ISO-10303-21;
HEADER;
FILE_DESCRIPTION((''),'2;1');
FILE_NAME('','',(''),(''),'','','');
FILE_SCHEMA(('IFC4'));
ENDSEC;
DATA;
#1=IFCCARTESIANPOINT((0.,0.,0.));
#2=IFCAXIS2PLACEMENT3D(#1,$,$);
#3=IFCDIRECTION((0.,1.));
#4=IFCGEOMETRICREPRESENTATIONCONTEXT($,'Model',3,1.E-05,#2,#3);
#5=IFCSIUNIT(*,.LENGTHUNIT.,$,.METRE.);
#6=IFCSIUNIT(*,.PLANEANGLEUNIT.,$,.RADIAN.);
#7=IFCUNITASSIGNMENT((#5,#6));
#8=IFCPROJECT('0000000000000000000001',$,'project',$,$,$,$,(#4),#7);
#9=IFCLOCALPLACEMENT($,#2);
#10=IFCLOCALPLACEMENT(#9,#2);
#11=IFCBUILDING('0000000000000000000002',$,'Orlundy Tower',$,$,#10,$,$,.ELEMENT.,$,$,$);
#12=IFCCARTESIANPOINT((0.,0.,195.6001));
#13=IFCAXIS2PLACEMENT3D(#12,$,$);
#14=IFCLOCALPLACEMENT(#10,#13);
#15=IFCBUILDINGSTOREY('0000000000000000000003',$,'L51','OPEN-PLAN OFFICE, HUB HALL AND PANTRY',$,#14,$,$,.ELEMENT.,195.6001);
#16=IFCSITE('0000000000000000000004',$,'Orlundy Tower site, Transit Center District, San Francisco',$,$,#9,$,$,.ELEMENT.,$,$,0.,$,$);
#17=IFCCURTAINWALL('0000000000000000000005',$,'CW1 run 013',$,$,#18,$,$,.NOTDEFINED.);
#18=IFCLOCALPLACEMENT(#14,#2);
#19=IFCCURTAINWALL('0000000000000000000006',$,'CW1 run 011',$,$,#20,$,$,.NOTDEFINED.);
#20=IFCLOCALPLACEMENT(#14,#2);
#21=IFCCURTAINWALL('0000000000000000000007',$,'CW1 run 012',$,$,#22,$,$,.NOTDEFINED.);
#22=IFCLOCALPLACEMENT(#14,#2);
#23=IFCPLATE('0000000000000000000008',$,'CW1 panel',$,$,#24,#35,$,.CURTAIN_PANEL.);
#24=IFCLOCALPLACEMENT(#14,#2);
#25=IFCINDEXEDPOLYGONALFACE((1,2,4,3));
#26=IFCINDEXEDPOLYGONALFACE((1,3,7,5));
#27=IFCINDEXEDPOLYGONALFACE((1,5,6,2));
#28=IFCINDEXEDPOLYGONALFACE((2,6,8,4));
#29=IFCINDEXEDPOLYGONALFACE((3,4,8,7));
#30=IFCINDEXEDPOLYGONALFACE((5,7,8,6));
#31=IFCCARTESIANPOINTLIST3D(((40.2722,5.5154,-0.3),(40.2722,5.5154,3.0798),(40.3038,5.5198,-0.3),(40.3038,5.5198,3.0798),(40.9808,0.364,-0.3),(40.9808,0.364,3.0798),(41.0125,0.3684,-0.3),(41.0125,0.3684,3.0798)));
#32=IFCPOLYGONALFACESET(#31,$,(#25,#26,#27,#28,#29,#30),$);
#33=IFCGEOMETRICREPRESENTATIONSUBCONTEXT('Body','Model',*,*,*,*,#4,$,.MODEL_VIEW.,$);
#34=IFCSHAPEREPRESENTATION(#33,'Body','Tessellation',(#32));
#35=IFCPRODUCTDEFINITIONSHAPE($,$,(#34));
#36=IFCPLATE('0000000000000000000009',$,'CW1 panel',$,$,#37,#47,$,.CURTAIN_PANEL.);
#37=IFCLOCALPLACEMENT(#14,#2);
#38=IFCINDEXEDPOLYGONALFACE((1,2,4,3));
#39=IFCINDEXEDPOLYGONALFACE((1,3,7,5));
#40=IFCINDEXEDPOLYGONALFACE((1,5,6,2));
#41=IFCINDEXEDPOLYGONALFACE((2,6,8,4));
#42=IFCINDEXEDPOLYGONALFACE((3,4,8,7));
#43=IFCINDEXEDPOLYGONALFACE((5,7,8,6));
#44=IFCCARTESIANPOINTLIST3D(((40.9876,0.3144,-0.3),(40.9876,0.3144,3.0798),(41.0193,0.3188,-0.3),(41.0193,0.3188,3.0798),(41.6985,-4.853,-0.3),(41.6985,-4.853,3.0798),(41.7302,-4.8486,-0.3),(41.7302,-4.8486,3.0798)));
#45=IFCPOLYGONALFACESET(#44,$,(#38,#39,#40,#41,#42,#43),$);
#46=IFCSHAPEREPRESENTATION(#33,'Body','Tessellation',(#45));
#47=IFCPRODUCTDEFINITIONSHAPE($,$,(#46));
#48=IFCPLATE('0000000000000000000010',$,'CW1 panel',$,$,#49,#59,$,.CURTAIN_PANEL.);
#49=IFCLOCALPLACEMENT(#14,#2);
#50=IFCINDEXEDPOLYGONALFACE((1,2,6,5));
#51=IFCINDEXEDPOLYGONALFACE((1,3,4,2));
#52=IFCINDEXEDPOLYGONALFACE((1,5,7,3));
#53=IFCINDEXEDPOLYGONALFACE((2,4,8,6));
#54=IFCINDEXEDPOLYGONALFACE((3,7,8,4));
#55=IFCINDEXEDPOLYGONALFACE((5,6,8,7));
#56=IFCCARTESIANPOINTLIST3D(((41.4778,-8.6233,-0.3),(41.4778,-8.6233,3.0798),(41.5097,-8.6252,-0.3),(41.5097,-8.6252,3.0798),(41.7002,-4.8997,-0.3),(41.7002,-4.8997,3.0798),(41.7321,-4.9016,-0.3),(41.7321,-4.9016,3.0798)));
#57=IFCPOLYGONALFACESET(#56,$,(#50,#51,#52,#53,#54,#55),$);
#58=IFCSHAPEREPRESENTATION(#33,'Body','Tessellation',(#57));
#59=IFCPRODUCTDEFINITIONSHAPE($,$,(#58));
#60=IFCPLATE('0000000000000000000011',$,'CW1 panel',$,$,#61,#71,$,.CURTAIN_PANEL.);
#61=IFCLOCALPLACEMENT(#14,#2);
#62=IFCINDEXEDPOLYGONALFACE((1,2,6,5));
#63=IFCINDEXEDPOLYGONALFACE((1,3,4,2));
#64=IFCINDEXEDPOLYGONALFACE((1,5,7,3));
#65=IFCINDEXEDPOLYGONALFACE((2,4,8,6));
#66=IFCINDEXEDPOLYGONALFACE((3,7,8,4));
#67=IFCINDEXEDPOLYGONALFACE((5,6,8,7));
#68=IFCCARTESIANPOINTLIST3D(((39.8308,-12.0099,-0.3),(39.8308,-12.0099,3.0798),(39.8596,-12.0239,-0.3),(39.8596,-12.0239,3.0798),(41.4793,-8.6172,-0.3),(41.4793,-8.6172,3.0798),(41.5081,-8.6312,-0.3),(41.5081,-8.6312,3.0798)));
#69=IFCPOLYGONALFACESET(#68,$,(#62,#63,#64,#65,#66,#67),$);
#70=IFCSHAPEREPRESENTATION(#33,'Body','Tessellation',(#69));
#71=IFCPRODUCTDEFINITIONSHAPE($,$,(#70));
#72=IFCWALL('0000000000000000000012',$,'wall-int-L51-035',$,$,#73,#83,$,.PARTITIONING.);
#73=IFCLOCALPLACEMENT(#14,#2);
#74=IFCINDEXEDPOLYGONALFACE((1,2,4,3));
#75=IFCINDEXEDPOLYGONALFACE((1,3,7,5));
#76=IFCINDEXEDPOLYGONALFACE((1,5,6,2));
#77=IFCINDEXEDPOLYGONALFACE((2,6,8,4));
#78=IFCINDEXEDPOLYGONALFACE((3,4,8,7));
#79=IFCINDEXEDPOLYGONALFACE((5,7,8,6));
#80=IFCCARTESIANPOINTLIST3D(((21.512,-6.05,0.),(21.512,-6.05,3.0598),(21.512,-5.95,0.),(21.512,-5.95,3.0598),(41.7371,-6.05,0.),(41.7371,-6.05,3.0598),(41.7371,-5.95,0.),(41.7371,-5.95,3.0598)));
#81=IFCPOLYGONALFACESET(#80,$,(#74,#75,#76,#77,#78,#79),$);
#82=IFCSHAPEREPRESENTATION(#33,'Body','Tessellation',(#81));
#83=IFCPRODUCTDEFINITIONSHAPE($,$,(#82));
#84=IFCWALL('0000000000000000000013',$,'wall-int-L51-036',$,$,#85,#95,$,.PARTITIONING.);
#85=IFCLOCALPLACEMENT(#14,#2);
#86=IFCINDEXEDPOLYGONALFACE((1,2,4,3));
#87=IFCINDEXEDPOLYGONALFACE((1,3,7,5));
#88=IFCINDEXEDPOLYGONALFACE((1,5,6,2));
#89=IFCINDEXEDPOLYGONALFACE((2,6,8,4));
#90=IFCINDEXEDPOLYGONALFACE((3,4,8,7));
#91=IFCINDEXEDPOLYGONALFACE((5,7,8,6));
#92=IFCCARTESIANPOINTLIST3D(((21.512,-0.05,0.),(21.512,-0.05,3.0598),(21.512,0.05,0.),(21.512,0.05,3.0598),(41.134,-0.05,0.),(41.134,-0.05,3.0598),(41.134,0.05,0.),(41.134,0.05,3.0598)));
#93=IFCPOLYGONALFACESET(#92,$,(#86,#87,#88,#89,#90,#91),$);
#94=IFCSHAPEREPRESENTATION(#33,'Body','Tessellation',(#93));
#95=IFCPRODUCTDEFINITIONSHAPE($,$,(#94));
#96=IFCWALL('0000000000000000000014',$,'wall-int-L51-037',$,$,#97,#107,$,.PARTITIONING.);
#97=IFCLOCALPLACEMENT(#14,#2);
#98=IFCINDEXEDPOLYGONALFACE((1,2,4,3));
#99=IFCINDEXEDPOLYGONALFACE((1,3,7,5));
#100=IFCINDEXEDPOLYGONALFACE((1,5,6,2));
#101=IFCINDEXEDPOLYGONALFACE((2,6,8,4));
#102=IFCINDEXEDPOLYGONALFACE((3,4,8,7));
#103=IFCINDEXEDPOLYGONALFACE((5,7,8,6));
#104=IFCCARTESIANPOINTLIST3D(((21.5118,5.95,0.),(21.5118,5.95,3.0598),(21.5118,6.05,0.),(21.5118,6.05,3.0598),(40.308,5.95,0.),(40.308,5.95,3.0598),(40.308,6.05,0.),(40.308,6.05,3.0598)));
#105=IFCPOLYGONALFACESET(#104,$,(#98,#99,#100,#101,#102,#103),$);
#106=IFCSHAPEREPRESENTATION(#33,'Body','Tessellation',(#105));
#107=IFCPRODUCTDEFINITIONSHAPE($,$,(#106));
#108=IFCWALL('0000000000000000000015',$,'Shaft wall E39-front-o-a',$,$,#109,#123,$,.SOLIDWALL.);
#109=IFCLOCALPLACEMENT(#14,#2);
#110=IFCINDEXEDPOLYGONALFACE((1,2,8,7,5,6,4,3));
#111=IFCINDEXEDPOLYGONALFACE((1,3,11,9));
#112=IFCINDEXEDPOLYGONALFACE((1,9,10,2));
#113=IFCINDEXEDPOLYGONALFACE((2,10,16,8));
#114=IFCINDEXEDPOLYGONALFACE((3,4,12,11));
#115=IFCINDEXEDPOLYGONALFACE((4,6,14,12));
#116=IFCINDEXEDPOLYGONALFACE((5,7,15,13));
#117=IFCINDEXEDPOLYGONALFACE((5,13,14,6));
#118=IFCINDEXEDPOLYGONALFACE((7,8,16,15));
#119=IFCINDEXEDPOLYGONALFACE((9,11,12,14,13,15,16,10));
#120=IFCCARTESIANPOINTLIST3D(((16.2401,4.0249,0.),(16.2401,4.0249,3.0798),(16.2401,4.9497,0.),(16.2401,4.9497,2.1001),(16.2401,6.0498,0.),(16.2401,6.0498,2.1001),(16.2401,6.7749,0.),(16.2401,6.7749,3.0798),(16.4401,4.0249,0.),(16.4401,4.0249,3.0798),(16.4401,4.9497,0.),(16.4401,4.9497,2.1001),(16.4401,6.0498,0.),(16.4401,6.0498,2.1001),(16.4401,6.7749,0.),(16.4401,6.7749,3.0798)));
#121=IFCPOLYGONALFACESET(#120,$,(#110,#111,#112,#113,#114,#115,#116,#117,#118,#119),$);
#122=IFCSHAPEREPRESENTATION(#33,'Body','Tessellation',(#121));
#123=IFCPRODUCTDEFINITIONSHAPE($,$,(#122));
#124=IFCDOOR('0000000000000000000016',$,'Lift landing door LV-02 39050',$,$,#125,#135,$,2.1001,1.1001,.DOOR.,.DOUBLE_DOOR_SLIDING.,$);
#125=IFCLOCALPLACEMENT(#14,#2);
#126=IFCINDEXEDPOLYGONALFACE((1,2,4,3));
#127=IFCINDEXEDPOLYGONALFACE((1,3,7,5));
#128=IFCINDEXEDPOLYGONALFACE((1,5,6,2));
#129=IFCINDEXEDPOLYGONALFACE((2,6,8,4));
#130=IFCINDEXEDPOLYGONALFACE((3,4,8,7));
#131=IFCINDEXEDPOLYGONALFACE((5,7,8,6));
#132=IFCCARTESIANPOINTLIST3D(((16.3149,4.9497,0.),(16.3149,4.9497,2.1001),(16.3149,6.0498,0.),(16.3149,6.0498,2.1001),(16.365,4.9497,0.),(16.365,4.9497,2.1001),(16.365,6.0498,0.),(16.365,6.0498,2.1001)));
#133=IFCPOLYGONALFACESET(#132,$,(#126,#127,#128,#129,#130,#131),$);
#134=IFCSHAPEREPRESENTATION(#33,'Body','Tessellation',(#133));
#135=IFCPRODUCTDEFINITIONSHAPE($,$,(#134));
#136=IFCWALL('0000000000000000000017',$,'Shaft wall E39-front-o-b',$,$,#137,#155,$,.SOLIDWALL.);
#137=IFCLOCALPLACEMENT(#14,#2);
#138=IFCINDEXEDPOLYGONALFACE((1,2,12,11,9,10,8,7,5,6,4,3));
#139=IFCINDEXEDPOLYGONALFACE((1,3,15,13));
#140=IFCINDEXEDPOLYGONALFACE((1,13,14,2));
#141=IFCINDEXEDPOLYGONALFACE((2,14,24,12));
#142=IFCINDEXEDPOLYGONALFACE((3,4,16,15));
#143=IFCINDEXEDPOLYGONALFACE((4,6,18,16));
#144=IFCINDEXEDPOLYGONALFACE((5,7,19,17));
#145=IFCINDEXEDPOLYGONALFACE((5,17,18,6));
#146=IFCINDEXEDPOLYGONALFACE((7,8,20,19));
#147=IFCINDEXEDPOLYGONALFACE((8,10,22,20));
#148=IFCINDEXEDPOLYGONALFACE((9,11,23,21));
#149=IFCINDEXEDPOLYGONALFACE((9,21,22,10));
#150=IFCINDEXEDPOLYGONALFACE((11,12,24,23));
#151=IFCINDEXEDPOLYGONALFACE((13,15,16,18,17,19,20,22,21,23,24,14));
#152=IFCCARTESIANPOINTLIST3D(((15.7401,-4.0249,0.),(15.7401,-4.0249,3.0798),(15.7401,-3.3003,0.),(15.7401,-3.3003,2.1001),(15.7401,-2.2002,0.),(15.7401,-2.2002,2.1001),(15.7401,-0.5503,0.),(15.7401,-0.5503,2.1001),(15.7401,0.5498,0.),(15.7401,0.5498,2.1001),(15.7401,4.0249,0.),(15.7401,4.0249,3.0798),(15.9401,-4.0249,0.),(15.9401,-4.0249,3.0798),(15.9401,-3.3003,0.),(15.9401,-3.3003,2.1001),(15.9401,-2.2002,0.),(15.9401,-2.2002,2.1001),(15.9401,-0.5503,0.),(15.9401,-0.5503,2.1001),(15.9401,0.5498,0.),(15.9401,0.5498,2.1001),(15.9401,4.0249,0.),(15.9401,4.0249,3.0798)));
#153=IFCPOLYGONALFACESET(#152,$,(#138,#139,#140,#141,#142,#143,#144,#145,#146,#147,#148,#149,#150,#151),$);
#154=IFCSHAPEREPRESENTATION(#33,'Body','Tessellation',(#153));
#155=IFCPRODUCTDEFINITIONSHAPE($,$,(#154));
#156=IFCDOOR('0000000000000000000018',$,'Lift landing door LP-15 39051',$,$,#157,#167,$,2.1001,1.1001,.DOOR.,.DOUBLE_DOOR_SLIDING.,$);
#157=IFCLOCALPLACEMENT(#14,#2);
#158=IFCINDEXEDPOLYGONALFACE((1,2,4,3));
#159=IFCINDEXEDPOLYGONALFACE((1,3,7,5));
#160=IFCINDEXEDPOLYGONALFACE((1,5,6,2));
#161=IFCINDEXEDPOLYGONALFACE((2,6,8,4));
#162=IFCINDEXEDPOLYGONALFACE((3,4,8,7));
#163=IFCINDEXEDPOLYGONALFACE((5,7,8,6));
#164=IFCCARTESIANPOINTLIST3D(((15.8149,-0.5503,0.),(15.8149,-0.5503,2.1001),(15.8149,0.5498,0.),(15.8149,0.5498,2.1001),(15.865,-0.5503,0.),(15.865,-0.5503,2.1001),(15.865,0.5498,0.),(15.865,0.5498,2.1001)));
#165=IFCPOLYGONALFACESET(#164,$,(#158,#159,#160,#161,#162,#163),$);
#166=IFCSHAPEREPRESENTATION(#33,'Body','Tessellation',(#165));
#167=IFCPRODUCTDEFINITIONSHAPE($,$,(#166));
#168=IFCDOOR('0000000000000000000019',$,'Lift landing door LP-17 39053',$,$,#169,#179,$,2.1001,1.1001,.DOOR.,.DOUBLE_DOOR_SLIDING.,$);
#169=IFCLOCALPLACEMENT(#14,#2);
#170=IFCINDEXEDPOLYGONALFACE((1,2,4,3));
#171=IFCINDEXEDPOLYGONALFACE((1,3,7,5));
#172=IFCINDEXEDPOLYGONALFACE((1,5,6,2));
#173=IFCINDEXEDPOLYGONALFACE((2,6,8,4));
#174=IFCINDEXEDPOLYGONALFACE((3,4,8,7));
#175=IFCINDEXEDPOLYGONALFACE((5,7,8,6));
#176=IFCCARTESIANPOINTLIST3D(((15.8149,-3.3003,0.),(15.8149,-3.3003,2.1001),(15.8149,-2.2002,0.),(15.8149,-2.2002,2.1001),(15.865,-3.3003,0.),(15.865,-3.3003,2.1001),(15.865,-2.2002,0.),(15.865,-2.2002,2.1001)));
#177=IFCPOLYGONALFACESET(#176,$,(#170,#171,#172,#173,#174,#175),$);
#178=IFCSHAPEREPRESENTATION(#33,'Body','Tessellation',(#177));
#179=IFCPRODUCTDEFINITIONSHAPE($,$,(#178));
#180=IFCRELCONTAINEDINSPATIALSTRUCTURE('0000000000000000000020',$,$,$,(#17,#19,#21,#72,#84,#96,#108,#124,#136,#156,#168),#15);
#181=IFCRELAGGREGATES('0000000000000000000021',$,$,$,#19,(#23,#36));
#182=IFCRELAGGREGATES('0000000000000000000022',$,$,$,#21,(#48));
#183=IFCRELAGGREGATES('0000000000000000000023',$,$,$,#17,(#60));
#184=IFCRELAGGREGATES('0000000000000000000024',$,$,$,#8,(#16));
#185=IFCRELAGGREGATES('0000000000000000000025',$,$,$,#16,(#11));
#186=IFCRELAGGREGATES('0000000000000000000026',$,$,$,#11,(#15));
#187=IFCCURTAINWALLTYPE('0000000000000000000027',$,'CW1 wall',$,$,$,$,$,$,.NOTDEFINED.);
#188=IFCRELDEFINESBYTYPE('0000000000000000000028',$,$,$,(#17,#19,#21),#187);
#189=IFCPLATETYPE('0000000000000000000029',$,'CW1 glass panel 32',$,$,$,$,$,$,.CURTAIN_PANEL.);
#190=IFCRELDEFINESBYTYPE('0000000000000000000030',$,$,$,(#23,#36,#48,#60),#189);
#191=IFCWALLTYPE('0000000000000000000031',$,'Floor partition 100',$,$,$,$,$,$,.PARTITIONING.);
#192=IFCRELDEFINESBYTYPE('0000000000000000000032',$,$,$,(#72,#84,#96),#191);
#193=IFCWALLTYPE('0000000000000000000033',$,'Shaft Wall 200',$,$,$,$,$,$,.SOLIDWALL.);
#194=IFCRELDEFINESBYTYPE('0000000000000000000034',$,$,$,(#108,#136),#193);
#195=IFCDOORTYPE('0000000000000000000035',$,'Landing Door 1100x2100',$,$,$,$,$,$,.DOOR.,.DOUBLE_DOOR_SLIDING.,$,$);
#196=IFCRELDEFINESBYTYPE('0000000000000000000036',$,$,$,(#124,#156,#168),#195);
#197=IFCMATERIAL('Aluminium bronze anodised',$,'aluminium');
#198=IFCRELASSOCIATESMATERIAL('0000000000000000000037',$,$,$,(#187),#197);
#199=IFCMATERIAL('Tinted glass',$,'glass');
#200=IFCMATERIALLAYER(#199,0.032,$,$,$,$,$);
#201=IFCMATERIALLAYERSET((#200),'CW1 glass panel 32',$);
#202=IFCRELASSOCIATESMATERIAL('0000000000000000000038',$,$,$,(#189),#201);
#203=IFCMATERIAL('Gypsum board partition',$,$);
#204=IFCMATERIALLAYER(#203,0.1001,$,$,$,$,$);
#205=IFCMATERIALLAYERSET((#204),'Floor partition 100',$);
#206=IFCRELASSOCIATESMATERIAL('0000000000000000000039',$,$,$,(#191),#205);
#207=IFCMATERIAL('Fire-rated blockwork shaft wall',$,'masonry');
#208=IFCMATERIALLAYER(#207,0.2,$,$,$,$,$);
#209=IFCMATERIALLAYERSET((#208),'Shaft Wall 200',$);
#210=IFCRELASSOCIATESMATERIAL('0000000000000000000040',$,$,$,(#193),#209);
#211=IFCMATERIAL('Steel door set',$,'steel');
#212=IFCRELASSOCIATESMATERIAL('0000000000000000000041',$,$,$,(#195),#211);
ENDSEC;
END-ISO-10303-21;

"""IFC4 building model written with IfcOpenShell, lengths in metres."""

from ifc_helpers import new_model, si_unit, direction, frame, frame_2d, origin, origin_2d, place, context, subcontext, project, spatial, rectangle, extrude, material, layer, layer_set, type_object, element, fill, aggregate, save


model = new_model("IFC4")

# Units and contexts
model_context = context("Model", 3, precision=1e-05, world=origin(), true_north=direction((0.0, 1.0)))
body_context = subcontext(model_context, "Body", "Model", "MODEL_VIEW")
ifc_project = project(units=[si_unit("LENGTHUNIT", "METRE"), si_unit("PLANEANGLEUNIT", "RADIAN")], contexts=[model_context])

# Site, building, storey
site_placement = place(None, origin())
site = spatial("IfcSite", under=ifc_project, at=site_placement, Name="Orlundy Tower site, Transit Center District, San Francisco", CompositionType="ELEMENT", RefElevation=0.0)
building_placement = place(site_placement, origin())
building = spatial("IfcBuilding", under=site, at=building_placement, Name="Orlundy Tower", CompositionType="ELEMENT")
storey_placement = place(building_placement, frame((0.0, 0.0, 195.6001)))
storey = spatial("IfcBuildingStorey", under=building, at=storey_placement, Name="L51", Description="OPEN-PLAN OFFICE, HUB HALL AND PANTRY", CompositionType="ELEMENT", Elevation=195.6001)

# Curtain wall
ifc_material_1 = material(Name="Aluminium bronze anodised", Category="aluminium")
curtain_wall_type = type_object("IfcCurtainWallType", Name="CW1 wall", PredefinedType="NOTDEFINED", material=ifc_material_1)
curtain_wall_1_placement = place(storey_placement, origin())
curtain_wall_1 = element("IfcCurtainWall", 1, at=curtain_wall_1_placement, inside=storey, type_object=curtain_wall_type, Name="CW1 run 013", PredefinedType="NOTDEFINED")

# Curtain wall
curtain_wall_2_placement = place(storey_placement, origin())
curtain_wall_2 = element("IfcCurtainWall", 2, at=curtain_wall_2_placement, inside=storey, type_object=curtain_wall_type, Name="CW1 run 011", PredefinedType="NOTDEFINED")

# Curtain wall
curtain_wall_3_placement = place(storey_placement, origin())
curtain_wall_3 = element("IfcCurtainWall", 3, at=curtain_wall_3_placement, inside=storey, type_object=curtain_wall_type, Name="CW1 run 012", PredefinedType="NOTDEFINED")

# Plates
ifc_material_2 = material(Name="Tinted glass", Category="glass")
ifc_layer_1 = layer(ifc_material_2, 0.032)
ifc_layer_set_1 = layer_set([ifc_layer_1], Name="CW1 glass panel 32")
plate_type = type_object("IfcPlateType", Name="CW1 glass panel 32", PredefinedType="CURTAIN_PANEL", material=ifc_layer_set_1)
plate_1_placement = place(storey_placement, frame((40.6423, 2.9419, -0.3), z_axis=(0.0, 0.0, 1.0), x_axis=(0.136286, -0.99067, 0.0)))
plate_1 = element("IfcPlate", 4, at=plate_1_placement, type_object=plate_type, Name="CW1 panel", PredefinedType="CURTAIN_PANEL", context=body_context, shape_type="SweptSolid", body=[
    extrude(rectangle(XDim=5.2, YDim=0.032, at=origin_2d()), origin(), (0.0, 0.0, 1.0), 3.3799),
])
plate_2_placement = place(storey_placement, frame((41.3589, -2.2671, -0.3), z_axis=(0.0, 0.0, 1.0), x_axis=(0.136286, -0.99067, 0.0)))
plate_2 = element("IfcPlate", 5, at=plate_2_placement, type_object=plate_type, Name="CW1 panel", PredefinedType="CURTAIN_PANEL", context=body_context, shape_type="SweptSolid", body=[
    extrude(rectangle(XDim=5.2161, YDim=0.032, at=origin_2d()), origin(), (0.0, 0.0, 1.0), 3.3799),
])
aggregate(curtain_wall_2, [plate_1, plate_2])
plate_3_placement = place(storey_placement, frame((41.605, -6.7625, -0.3), z_axis=(0.0, 0.0, 1.0), x_axis=(-0.059623, -0.998221, 0.0)))
plate_3 = element("IfcPlate", 6, at=plate_3_placement, type_object=plate_type, Name="CW1 panel", PredefinedType="CURTAIN_PANEL", context=body_context, shape_type="SweptSolid", body=[
    extrude(rectangle(XDim=3.7302, YDim=0.032, at=origin_2d()), origin(), (0.0, 0.0, 1.0), 3.3799),
])
aggregate(curtain_wall_3, [plate_3])
plate_4_placement = place(storey_placement, frame((40.6694, -10.3206, -0.3), z_axis=(0.0, 0.0, 1.0), x_axis=(-0.437041, -0.899442, 0.0)))
plate_4 = element("IfcPlate", 7, at=plate_4_placement, type_object=plate_type, Name="CW1 panel", PredefinedType="CURTAIN_PANEL", context=body_context, shape_type="SweptSolid", body=[
    extrude(rectangle(XDim=3.772, YDim=0.032, at=origin_2d()), origin(), (0.0, 0.0, 1.0), 3.3799),
])
aggregate(curtain_wall_1, [plate_4])

# Walls
ifc_material_3 = material(Name="Gypsum board partition")
ifc_layer_2 = layer(ifc_material_3, 0.1001)
ifc_layer_set_2 = layer_set([ifc_layer_2], Name="Floor partition 100")
wall_type_1 = type_object("IfcWallType", Name="Floor partition 100", PredefinedType="PARTITIONING", material=ifc_layer_set_2)
wall_1_placement = place(storey_placement, frame((21.512, -6.0, 0.0), z_axis=(0.0, 0.0, 1.0), x_axis=(1.0, 0.0, 0.0)))
element("IfcWall", 8, at=wall_1_placement, inside=storey, type_object=wall_type_1, Name="wall-int-L51-035", PredefinedType="PARTITIONING", context=body_context, shape_type="SweptSolid", body=[
    extrude(rectangle(XDim=20.2251, YDim=0.1001, at=frame_2d((10.1125, 0.0))), origin(), (0.0, 0.0, 1.0), 3.0598),
])
wall_2_placement = place(storey_placement, frame((21.512, 0.0, 0.0), z_axis=(0.0, 0.0, 1.0), x_axis=(1.0, 0.0, 0.0)))
element("IfcWall", 9, at=wall_2_placement, inside=storey, type_object=wall_type_1, Name="wall-int-L51-036", PredefinedType="PARTITIONING", context=body_context, shape_type="SweptSolid", body=[
    extrude(rectangle(XDim=19.6221, YDim=0.1001, at=frame_2d((9.811, 0.0))), origin(), (0.0, 0.0, 1.0), 3.0598),
])
wall_3_placement = place(storey_placement, frame((21.512, 6.0, 0.0), z_axis=(0.0, 0.0, 1.0), x_axis=(1.0, 0.0, 0.0)))
element("IfcWall", 10, at=wall_3_placement, inside=storey, type_object=wall_type_1, Name="wall-int-L51-037", PredefinedType="PARTITIONING", context=body_context, shape_type="SweptSolid", body=[
    extrude(rectangle(XDim=18.7961, YDim=0.1001, at=frame_2d((9.3979, 0.0))), origin(), (0.0, 0.0, 1.0), 3.0598),
])

# Wall, opening, door
ifc_material_4 = material(Name="Fire-rated blockwork shaft wall", Category="masonry")
ifc_layer_3 = layer(ifc_material_4, 0.2)
ifc_layer_set_3 = layer_set([ifc_layer_3], Name="Shaft Wall 200")
wall_type_2 = type_object("IfcWallType", Name="Shaft Wall 200", PredefinedType="SOLIDWALL", material=ifc_layer_set_3)
wall_4_placement = place(storey_placement, frame((16.3401, 6.7749, 0.0), z_axis=(0.0, 0.0, 1.0), x_axis=(0.0, -1.0, 0.0)))
wall_4 = element("IfcWall", 11, at=wall_4_placement, inside=storey, type_object=wall_type_2, Name="Shaft wall E39-front-o-a", PredefinedType="SOLIDWALL", context=body_context, shape_type="SweptSolid", body=[
    extrude(rectangle(XDim=2.75, YDim=0.2, at=frame_2d((1.375, 0.0))), origin(), (0.0, 0.0, 1.0), 3.0798),
])
opening_1_placement = place(wall_4_placement, frame((0.7251, 0.0, 0.0)))
opening_1 = element("IfcOpeningElement", 12, at=opening_1_placement, cuts=wall_4, PredefinedType="OPENING", context=body_context, shape_type="SweptSolid", body=[
    extrude(rectangle(XDim=1.1001, YDim=2.1001, at=frame_2d((0.55, 1.05))), frame((0.0, 0.1101, 0.0), z_axis=(0.0, -1.0, 0.0), x_axis=(1.0, 0.0, 0.0)), (0.0, 0.0, 1.0), 0.2202),
])
ifc_material_5 = material(Name="Steel door set", Category="steel")
door_type = type_object("IfcDoorType", Name="Landing Door 1100x2100", OperationType="DOUBLE_DOOR_SLIDING", PredefinedType="DOOR", material=ifc_material_5)
door_1_placement = place(opening_1_placement, origin())
door_1 = element("IfcDoor", 13, at=door_1_placement, inside=storey, type_object=door_type, Name="Lift landing door LV-02 39050", OperationType="DOUBLE_DOOR_SLIDING", OverallHeight=2.1001, OverallWidth=1.1001, PredefinedType="DOOR", context=body_context, shape_type="SweptSolid", body=[
    extrude(rectangle(XDim=1.1001, YDim=2.1001, at=frame_2d((0.55, 1.05))), frame((0.0, 0.0249, 0.0), z_axis=(0.0, -1.0, 0.0), x_axis=(1.0, 0.0, 0.0)), (0.0, 0.0, 1.0), 0.05),
])
fill(opening_1, door_1)

# Wall, openings, doors
wall_5_placement = place(storey_placement, frame((15.8401, 4.0249, 0.0), z_axis=(0.0, 0.0, 1.0), x_axis=(0.0, -1.0, 0.0)))
wall_5 = element("IfcWall", 14, at=wall_5_placement, inside=storey, type_object=wall_type_2, Name="Shaft wall E39-front-o-b", PredefinedType="SOLIDWALL", context=body_context, shape_type="SweptSolid", body=[
    extrude(rectangle(XDim=8.0498, YDim=0.2, at=frame_2d((4.0249, 0.0))), origin(), (0.0, 0.0, 1.0), 3.0798),
])
opening_2_placement = place(wall_5_placement, frame((3.4751, 0.0, 0.0)))
opening_2 = element("IfcOpeningElement", 15, at=opening_2_placement, cuts=wall_5, PredefinedType="OPENING", context=body_context, shape_type="SweptSolid", body=[
    extrude(rectangle(XDim=1.1001, YDim=2.1001, at=frame_2d((0.55, 1.05))), frame((0.0, 0.1101, 0.0), z_axis=(0.0, -1.0, 0.0), x_axis=(1.0, 0.0, 0.0)), (0.0, 0.0, 1.0), 0.2202),
])
opening_3_placement = place(wall_5_placement, frame((6.2251, 0.0, 0.0)))
opening_3 = element("IfcOpeningElement", 16, at=opening_3_placement, cuts=wall_5, PredefinedType="OPENING", context=body_context, shape_type="SweptSolid", body=[
    extrude(rectangle(XDim=1.1001, YDim=2.1001, at=frame_2d((0.55, 1.05))), frame((0.0, 0.1101, 0.0), z_axis=(0.0, -1.0, 0.0), x_axis=(1.0, 0.0, 0.0)), (0.0, 0.0, 1.0), 0.2202),
])
door_2_placement = place(opening_2_placement, origin())
door_2 = element("IfcDoor", 17, at=door_2_placement, inside=storey, type_object=door_type, Name="Lift landing door LP-15 39051", OperationType="DOUBLE_DOOR_SLIDING", OverallHeight=2.1001, OverallWidth=1.1001, PredefinedType="DOOR", context=body_context, shape_type="SweptSolid", body=[
    extrude(rectangle(XDim=1.1001, YDim=2.1001, at=frame_2d((0.55, 1.05))), frame((0.0, 0.0249, 0.0), z_axis=(0.0, -1.0, 0.0), x_axis=(1.0, 0.0, 0.0)), (0.0, 0.0, 1.0), 0.05),
])
fill(opening_2, door_2)
door_3_placement = place(opening_3_placement, origin())
door_3 = element("IfcDoor", 18, at=door_3_placement, inside=storey, type_object=door_type, Name="Lift landing door LP-17 39053", OperationType="DOUBLE_DOOR_SLIDING", OverallHeight=2.1001, OverallWidth=1.1001, PredefinedType="DOOR", context=body_context, shape_type="SweptSolid", body=[
    extrude(rectangle(XDim=1.1001, YDim=2.1001, at=frame_2d((0.55, 1.05))), frame((0.0, 0.0249, 0.0), z_axis=(0.0, -1.0, 0.0), x_axis=(1.0, 0.0, 0.0)), (0.0, 0.0, 1.0), 0.05),
])
fill(opening_3, door_3)

save(model, "model.ifc")
